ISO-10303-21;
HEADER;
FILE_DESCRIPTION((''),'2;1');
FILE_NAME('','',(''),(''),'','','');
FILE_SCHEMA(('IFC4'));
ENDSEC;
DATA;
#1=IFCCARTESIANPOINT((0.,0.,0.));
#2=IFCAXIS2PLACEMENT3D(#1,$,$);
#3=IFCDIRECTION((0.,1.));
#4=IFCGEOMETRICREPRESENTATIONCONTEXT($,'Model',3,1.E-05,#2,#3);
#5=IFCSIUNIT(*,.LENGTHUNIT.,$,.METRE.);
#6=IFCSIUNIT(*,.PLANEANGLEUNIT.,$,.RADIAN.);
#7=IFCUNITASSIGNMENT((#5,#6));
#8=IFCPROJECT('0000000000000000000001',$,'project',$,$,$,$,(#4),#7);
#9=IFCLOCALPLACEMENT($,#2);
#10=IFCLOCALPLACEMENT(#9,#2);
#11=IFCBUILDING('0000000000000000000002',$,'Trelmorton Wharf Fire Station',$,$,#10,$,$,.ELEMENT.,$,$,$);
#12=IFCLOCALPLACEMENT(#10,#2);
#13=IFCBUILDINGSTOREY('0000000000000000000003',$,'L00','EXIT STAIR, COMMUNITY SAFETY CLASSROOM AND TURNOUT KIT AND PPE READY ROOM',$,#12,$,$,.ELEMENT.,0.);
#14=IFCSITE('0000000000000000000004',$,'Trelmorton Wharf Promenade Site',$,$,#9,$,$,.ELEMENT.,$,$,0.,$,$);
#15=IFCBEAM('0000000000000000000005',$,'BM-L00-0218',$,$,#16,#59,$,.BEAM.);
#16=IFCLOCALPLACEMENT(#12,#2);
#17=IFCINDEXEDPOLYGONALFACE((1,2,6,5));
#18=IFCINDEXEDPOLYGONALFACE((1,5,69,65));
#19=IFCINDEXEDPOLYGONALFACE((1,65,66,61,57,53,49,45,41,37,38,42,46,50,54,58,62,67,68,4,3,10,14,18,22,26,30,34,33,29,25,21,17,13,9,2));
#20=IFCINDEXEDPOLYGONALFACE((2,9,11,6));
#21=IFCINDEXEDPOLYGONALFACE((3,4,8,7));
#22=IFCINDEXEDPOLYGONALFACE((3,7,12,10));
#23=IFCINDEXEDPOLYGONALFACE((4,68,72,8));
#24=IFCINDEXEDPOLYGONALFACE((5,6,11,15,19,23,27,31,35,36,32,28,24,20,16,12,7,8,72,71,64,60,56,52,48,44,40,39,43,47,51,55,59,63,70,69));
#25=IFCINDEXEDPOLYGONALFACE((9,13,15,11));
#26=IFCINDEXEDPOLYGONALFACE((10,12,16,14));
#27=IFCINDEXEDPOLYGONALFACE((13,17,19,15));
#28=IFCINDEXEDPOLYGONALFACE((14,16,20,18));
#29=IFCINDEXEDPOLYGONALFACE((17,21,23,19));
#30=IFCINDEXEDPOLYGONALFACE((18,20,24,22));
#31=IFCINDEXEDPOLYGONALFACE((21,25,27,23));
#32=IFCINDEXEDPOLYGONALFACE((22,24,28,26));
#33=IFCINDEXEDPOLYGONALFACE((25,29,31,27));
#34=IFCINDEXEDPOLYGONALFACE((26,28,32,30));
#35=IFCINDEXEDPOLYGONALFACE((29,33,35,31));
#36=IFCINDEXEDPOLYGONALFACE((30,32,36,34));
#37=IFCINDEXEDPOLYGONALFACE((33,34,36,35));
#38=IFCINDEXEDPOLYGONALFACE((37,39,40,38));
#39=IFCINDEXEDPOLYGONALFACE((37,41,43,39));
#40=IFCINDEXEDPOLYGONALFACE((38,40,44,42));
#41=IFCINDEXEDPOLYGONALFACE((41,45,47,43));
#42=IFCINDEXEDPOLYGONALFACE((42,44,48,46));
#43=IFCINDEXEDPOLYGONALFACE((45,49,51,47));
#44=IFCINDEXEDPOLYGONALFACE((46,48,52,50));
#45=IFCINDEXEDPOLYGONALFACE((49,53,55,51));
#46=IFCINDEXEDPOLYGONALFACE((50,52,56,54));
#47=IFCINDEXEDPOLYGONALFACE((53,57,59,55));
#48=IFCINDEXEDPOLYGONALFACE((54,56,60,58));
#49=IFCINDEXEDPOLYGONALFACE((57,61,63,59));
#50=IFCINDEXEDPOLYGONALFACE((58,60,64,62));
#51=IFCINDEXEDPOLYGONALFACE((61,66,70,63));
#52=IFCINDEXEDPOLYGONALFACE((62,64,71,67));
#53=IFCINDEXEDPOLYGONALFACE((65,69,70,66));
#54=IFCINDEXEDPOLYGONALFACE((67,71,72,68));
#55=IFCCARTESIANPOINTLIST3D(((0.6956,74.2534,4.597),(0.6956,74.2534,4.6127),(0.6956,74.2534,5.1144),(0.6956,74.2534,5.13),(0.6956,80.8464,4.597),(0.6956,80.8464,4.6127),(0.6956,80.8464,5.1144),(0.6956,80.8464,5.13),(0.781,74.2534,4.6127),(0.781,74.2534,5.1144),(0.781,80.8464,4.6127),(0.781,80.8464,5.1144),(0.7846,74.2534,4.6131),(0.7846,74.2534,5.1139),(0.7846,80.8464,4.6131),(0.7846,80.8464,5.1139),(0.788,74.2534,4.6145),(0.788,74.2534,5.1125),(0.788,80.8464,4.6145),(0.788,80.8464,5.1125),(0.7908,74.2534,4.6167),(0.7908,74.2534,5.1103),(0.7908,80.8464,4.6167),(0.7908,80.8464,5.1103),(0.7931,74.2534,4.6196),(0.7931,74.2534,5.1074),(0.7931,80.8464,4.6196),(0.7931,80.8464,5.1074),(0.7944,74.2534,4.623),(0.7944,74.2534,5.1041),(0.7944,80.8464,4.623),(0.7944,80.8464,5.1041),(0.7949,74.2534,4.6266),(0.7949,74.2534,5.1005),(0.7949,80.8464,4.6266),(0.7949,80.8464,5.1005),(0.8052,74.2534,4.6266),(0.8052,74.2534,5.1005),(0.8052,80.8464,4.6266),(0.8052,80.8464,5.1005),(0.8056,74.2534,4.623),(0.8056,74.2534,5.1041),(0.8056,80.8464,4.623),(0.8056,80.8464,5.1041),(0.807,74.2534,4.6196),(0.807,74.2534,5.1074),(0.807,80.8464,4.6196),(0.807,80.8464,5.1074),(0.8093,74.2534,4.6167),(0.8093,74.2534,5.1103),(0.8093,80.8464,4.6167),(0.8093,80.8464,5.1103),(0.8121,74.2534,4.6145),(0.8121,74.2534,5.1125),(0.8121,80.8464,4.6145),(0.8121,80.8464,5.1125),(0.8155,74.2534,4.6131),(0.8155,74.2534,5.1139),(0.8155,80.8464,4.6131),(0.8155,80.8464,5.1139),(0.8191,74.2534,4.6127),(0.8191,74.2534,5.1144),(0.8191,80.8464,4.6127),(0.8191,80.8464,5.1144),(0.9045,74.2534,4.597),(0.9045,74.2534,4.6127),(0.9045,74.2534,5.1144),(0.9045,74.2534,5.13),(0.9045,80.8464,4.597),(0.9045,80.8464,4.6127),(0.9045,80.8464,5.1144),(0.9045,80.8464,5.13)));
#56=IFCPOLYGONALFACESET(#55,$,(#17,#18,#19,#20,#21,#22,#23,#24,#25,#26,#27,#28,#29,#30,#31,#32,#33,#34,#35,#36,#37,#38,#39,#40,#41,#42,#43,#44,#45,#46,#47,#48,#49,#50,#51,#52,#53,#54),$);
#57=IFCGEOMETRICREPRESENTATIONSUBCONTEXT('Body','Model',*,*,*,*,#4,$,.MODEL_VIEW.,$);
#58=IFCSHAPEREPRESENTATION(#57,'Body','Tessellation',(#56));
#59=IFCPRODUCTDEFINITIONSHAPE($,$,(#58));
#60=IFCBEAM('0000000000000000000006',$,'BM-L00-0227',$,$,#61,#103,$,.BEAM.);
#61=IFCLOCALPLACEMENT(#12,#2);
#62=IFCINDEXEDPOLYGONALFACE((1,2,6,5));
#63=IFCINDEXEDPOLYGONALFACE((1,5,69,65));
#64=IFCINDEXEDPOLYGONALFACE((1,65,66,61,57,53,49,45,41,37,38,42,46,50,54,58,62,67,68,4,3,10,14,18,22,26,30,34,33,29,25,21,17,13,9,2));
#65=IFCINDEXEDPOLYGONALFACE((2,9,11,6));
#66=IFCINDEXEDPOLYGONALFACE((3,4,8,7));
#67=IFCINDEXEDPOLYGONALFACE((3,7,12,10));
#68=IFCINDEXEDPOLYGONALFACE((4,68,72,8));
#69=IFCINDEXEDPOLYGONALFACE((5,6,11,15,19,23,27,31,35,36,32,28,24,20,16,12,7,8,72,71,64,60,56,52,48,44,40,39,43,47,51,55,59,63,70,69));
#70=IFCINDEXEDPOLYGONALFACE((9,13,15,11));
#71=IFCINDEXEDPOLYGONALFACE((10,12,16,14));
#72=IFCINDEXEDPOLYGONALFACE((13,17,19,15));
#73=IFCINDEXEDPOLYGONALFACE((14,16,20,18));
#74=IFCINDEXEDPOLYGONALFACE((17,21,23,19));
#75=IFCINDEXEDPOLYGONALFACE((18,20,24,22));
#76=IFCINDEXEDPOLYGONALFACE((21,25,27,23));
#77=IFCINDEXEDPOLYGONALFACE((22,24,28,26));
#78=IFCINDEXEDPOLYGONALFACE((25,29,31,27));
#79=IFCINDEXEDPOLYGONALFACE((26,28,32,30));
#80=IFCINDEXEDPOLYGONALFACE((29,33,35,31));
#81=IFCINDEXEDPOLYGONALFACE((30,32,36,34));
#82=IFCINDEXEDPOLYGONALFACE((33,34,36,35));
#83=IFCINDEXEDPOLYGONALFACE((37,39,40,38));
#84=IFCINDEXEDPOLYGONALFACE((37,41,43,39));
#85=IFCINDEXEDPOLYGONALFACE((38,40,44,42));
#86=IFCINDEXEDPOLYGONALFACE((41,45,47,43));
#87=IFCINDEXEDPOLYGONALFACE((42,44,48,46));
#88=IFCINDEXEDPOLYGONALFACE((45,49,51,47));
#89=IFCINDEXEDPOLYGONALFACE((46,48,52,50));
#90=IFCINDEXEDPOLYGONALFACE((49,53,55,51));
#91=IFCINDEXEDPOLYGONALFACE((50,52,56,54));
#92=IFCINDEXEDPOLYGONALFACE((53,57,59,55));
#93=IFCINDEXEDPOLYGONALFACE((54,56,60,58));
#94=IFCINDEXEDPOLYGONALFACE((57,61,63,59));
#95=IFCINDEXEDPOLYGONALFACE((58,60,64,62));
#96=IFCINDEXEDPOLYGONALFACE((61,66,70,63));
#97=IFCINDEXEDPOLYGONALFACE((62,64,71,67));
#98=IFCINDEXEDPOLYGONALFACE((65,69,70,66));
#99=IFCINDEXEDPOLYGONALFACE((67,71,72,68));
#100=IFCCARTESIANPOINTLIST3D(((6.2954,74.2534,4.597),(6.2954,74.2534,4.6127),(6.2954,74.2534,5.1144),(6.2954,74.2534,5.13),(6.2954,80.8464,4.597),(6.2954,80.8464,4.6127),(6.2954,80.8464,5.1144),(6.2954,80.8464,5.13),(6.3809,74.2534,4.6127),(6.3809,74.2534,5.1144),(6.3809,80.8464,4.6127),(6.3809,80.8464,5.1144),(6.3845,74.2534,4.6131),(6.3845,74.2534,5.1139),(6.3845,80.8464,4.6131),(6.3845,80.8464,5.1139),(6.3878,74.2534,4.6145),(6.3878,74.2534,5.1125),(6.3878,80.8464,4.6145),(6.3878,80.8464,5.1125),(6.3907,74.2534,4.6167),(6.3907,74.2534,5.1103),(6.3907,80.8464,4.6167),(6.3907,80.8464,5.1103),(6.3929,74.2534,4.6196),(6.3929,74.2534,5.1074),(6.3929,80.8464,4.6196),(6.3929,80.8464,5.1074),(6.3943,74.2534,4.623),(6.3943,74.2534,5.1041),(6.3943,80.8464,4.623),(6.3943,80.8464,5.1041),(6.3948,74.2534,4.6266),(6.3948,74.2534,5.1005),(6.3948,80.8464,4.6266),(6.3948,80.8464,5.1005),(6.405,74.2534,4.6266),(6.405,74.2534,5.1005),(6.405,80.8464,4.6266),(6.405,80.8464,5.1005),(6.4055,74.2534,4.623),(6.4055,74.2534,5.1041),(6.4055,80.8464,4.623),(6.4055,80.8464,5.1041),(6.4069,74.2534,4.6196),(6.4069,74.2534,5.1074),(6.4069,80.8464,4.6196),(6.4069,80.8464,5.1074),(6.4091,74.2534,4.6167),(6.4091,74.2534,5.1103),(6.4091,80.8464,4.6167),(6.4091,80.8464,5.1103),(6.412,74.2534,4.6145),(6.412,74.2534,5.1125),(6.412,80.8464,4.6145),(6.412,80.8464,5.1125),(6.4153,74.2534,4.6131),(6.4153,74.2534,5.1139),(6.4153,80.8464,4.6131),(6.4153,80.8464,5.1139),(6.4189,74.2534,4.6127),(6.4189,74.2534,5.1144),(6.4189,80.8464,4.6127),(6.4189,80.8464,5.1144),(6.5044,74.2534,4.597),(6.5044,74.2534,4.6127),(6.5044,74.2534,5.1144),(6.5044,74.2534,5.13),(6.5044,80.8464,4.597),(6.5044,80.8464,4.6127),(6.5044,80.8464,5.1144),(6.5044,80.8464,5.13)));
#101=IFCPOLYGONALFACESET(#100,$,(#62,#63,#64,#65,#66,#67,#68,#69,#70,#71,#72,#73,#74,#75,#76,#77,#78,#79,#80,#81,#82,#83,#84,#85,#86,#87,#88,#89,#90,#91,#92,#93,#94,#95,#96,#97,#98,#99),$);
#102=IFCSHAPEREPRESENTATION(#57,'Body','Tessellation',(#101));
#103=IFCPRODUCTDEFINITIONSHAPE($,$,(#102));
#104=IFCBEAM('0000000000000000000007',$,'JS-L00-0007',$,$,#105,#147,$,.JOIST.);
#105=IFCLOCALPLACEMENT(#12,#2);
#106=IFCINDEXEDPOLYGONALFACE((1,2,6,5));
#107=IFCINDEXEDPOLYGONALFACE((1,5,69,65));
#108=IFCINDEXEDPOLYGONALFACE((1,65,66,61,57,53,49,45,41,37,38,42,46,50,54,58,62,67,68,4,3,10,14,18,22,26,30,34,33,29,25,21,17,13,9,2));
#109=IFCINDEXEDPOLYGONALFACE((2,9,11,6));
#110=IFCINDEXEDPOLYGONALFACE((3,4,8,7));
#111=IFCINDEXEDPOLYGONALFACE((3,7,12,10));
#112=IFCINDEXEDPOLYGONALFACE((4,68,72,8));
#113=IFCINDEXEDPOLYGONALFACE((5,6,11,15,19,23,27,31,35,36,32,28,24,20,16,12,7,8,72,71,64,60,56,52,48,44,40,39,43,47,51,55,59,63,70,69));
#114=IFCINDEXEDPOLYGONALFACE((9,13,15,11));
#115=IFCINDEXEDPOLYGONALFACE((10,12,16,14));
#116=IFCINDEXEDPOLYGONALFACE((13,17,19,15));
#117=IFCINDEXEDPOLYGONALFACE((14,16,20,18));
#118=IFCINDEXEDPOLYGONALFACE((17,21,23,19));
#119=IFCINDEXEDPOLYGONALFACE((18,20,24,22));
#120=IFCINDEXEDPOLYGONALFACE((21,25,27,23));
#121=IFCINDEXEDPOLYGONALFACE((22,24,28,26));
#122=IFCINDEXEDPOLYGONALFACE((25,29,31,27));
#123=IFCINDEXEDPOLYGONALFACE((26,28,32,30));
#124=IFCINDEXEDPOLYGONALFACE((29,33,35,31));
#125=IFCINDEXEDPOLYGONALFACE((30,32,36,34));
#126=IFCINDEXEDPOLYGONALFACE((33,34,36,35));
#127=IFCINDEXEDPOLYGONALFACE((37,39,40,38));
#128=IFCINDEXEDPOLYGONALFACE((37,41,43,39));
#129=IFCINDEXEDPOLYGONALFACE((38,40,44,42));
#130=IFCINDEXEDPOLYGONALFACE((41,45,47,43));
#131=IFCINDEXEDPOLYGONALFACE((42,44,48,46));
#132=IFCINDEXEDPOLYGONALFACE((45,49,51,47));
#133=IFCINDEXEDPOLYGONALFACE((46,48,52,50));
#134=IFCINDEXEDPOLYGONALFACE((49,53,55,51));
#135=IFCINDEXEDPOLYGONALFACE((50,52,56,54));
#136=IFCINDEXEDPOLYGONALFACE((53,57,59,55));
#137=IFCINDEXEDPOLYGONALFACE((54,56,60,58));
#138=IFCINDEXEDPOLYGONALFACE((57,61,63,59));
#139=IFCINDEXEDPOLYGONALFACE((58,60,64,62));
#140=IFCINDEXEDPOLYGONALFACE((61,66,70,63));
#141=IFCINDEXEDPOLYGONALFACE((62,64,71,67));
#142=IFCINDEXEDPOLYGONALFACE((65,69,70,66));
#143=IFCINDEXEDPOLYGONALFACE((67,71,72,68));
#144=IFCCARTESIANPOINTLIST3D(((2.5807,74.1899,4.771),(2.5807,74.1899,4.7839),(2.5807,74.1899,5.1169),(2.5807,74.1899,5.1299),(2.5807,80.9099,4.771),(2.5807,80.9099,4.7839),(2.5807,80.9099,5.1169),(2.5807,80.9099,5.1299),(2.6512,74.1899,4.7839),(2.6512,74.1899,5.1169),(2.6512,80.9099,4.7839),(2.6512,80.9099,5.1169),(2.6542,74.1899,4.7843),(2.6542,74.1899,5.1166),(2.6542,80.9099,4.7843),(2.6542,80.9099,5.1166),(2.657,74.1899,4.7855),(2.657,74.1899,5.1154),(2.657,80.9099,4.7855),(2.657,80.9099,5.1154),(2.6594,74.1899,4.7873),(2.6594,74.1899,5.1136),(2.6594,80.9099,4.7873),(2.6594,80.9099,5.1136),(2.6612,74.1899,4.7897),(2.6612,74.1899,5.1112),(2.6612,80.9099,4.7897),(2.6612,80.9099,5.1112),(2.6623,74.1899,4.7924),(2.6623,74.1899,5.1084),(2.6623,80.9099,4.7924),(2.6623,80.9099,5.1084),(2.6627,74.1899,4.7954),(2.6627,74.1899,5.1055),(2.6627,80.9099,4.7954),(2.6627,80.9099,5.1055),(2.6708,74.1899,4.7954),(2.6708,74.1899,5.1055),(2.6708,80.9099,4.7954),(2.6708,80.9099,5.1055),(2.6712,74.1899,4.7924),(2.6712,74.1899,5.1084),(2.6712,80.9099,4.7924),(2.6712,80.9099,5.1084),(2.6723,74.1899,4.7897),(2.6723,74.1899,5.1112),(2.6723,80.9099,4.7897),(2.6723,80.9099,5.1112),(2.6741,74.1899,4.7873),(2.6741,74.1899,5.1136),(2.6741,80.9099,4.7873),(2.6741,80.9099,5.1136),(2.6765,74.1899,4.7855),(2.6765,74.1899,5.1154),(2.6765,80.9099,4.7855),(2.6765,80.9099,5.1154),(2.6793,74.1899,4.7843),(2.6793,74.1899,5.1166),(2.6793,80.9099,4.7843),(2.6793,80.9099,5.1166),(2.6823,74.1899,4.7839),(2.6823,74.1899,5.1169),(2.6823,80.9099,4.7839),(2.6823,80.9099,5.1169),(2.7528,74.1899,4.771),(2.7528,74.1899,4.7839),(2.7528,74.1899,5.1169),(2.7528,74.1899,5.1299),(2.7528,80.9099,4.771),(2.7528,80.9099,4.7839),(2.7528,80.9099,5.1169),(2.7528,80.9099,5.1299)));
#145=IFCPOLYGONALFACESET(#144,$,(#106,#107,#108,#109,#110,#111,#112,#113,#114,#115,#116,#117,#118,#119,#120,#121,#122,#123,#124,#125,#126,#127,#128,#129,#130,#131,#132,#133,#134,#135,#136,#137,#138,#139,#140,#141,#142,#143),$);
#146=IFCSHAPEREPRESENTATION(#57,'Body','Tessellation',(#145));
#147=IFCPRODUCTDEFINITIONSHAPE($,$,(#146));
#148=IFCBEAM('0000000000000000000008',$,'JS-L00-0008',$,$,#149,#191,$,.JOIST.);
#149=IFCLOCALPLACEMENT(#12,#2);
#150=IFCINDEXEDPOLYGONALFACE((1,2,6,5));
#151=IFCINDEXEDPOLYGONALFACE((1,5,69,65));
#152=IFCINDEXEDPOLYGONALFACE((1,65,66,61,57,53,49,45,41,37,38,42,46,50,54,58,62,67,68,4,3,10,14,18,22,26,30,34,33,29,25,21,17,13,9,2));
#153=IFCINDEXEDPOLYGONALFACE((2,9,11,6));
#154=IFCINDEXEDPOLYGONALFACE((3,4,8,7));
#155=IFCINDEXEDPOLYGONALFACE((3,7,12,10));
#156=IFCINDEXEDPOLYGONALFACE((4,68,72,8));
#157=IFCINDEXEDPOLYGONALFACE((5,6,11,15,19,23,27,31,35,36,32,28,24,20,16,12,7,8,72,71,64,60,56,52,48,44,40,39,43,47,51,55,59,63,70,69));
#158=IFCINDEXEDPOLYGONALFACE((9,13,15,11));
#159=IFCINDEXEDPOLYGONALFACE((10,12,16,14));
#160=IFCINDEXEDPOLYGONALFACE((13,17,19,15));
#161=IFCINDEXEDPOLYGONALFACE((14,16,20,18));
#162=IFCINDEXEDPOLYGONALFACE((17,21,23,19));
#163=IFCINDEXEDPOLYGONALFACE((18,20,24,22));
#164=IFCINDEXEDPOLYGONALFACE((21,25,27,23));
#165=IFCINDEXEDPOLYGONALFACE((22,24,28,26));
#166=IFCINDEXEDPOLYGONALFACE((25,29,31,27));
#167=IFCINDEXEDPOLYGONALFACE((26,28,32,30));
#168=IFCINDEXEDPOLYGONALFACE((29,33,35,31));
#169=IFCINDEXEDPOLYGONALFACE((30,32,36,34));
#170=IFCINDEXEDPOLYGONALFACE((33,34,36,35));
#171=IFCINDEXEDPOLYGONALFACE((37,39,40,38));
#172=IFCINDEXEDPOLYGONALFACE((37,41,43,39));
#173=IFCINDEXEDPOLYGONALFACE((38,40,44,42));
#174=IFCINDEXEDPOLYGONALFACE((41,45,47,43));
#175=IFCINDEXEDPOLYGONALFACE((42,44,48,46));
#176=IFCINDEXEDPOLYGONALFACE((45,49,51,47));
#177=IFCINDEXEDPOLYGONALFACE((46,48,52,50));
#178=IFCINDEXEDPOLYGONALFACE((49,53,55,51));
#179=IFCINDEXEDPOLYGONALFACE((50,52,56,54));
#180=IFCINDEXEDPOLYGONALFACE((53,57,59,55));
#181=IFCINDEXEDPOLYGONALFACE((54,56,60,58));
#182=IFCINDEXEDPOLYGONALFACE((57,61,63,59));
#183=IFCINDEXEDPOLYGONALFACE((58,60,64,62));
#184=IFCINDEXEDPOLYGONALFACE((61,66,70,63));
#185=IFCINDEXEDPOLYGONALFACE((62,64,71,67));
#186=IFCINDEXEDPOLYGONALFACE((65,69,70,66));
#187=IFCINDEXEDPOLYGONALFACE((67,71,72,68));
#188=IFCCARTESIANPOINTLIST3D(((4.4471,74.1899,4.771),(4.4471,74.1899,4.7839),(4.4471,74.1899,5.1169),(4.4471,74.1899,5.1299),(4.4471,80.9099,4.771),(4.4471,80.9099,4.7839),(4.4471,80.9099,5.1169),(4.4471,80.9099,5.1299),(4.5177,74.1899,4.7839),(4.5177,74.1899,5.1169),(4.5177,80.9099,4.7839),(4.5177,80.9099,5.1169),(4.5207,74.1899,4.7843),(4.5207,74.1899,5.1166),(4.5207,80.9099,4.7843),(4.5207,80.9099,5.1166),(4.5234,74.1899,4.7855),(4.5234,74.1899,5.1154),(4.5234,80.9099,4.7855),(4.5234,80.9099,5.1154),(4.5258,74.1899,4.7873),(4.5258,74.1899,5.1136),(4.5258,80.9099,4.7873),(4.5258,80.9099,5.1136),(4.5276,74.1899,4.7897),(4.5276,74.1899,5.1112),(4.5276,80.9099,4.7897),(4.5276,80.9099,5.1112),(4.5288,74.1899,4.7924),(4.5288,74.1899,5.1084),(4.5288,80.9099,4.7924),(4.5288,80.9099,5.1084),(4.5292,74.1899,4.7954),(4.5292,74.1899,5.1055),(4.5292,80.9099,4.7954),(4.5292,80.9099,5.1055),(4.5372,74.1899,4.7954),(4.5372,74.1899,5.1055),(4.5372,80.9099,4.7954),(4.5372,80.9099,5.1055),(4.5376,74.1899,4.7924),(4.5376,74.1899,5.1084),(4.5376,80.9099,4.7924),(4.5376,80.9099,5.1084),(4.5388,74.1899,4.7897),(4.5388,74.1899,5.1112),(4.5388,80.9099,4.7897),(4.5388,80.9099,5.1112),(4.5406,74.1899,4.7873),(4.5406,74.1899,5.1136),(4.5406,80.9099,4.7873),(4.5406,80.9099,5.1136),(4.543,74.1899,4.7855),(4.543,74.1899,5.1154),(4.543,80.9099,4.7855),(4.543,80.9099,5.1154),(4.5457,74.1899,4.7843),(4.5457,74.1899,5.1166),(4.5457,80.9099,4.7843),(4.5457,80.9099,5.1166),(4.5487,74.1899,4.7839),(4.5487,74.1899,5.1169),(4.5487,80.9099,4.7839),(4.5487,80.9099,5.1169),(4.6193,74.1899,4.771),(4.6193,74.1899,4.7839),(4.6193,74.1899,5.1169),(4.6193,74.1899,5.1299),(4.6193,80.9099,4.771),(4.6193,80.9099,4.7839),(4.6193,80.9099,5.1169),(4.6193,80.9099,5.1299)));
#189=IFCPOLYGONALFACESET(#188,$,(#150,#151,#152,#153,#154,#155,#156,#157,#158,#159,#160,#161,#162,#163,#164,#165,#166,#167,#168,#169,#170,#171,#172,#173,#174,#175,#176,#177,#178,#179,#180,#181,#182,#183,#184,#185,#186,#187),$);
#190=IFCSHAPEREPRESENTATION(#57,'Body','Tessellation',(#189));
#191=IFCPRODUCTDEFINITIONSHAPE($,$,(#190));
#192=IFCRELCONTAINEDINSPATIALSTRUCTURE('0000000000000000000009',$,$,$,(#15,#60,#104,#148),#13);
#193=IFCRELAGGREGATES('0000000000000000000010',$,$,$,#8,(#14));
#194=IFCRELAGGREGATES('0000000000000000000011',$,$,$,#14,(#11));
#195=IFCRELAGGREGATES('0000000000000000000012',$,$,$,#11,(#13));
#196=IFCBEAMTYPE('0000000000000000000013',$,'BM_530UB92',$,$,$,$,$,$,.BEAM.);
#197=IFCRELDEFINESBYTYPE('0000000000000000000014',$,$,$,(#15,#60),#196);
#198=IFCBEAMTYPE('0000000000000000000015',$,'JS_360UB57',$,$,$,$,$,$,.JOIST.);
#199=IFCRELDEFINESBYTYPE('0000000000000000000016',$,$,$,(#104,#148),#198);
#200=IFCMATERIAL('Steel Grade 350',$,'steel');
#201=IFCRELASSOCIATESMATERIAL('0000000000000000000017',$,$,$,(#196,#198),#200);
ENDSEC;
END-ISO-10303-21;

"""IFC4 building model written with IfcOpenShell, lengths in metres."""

from ifc_helpers import new_model, si_unit, direction, frame, origin, origin_2d, place, context, subcontext, project, spatial, i_section, extrude, material, material_profile, profile_set, type_object, element, save


model = new_model("IFC4")

# Units and contexts
model_context = context("Model", 3, precision=1e-05, world=origin(), true_north=direction((0.0, 1.0)))
body_context = subcontext(model_context, "Body", "Model", "MODEL_VIEW")
ifc_project = project(units=[si_unit("LENGTHUNIT", "METRE"), si_unit("PLANEANGLEUNIT", "RADIAN")], contexts=[model_context])

# Site, building, storey
site_placement = place(None, origin())
site = spatial("IfcSite", under=ifc_project, at=site_placement, Name="Trelmorton Wharf Promenade Site", CompositionType="ELEMENT", RefElevation=0.0)
building_placement = place(site_placement, origin())
building = spatial("IfcBuilding", under=site, at=building_placement, Name="Trelmorton Wharf Fire Station", CompositionType="ELEMENT")
storey_placement = place(building_placement, origin())
storey = spatial("IfcBuildingStorey", under=building, at=storey_placement, Name="L00", Description="EXIT STAIR, COMMUNITY SAFETY CLASSROOM AND TURNOUT KIT AND PPE READY ROOM", CompositionType="ELEMENT", Elevation=0.0)

# Shared definitions
ifc_material_1 = material(Name="Steel Grade 350", Category="steel")

# Beams
ifc_material_profile_1 = material_profile(ifc_material_1, i_section(OverallWidth=0.209, OverallDepth=0.533, WebThickness=0.0103, FlangeThickness=0.0156, FilletRadius=0.0139, at=origin_2d()), Name="530UB92.4")
ifc_profile_set_1 = profile_set([ifc_material_profile_1], Name="Steel Grade 350")
beam_type_1 = type_object("IfcBeamType", Name="BM_530UB92", PredefinedType="BEAM", material=ifc_profile_set_1)
for number, where, z_axis, x_axis, name in (
    (1, (0.8, 74.2534, 4.8635), (0.0, 1.0, 0.0), (-1.0, 0.0, 0.0), "BM-L00-0218"),
    (2, (6.3999, 74.2534, 4.8635), (0.0, 1.0, 0.0), (-1.0, 0.0, 0.0), "BM-L00-0227"),
):
    element("IfcBeam", number, at=place(storey_placement, frame(where, z_axis=z_axis, x_axis=x_axis)), inside=storey, type_object=beam_type_1, Name=name, PredefinedType="BEAM", context=body_context, shape_type="SweptSolid", body=[
        extrude(i_section(OverallWidth=0.209, OverallDepth=0.533, WebThickness=0.0103, FlangeThickness=0.0156, FilletRadius=0.0139, at=origin_2d()), origin(), (0.0, 0.0, 1.0), 6.593),
    ])
ifc_material_profile_2 = material_profile(ifc_material_1, i_section(OverallWidth=0.1721, OverallDepth=0.3589, WebThickness=0.0081, FlangeThickness=0.0129, FilletRadius=0.0115, at=origin_2d()), Name="360UB56.7")
ifc_profile_set_2 = profile_set([ifc_material_profile_2], Name="Steel Grade 350")
beam_type_2 = type_object("IfcBeamType", Name="JS_360UB57", PredefinedType="JOIST", material=ifc_profile_set_2)
for number, where, z_axis, x_axis, name in (
    (3, (2.6667, 74.1899, 4.9504), (0.0, 1.0, 0.0), (-1.0, 0.0, 0.0), "JS-L00-0007"),
    (4, (4.5332, 74.1899, 4.9504), (0.0, 1.0, 0.0), (-1.0, 0.0, 0.0), "JS-L00-0008"),
):
    element("IfcBeam", number, at=place(storey_placement, frame(where, z_axis=z_axis, x_axis=x_axis)), inside=storey, type_object=beam_type_2, Name=name, PredefinedType="JOIST", context=body_context, shape_type="SweptSolid", body=[
        extrude(i_section(OverallWidth=0.1721, OverallDepth=0.3589, WebThickness=0.0081, FlangeThickness=0.0129, FilletRadius=0.0115, at=origin_2d()), origin(), (0.0, 0.0, 1.0), 6.72),
    ])

save(model, "model.ifc")
